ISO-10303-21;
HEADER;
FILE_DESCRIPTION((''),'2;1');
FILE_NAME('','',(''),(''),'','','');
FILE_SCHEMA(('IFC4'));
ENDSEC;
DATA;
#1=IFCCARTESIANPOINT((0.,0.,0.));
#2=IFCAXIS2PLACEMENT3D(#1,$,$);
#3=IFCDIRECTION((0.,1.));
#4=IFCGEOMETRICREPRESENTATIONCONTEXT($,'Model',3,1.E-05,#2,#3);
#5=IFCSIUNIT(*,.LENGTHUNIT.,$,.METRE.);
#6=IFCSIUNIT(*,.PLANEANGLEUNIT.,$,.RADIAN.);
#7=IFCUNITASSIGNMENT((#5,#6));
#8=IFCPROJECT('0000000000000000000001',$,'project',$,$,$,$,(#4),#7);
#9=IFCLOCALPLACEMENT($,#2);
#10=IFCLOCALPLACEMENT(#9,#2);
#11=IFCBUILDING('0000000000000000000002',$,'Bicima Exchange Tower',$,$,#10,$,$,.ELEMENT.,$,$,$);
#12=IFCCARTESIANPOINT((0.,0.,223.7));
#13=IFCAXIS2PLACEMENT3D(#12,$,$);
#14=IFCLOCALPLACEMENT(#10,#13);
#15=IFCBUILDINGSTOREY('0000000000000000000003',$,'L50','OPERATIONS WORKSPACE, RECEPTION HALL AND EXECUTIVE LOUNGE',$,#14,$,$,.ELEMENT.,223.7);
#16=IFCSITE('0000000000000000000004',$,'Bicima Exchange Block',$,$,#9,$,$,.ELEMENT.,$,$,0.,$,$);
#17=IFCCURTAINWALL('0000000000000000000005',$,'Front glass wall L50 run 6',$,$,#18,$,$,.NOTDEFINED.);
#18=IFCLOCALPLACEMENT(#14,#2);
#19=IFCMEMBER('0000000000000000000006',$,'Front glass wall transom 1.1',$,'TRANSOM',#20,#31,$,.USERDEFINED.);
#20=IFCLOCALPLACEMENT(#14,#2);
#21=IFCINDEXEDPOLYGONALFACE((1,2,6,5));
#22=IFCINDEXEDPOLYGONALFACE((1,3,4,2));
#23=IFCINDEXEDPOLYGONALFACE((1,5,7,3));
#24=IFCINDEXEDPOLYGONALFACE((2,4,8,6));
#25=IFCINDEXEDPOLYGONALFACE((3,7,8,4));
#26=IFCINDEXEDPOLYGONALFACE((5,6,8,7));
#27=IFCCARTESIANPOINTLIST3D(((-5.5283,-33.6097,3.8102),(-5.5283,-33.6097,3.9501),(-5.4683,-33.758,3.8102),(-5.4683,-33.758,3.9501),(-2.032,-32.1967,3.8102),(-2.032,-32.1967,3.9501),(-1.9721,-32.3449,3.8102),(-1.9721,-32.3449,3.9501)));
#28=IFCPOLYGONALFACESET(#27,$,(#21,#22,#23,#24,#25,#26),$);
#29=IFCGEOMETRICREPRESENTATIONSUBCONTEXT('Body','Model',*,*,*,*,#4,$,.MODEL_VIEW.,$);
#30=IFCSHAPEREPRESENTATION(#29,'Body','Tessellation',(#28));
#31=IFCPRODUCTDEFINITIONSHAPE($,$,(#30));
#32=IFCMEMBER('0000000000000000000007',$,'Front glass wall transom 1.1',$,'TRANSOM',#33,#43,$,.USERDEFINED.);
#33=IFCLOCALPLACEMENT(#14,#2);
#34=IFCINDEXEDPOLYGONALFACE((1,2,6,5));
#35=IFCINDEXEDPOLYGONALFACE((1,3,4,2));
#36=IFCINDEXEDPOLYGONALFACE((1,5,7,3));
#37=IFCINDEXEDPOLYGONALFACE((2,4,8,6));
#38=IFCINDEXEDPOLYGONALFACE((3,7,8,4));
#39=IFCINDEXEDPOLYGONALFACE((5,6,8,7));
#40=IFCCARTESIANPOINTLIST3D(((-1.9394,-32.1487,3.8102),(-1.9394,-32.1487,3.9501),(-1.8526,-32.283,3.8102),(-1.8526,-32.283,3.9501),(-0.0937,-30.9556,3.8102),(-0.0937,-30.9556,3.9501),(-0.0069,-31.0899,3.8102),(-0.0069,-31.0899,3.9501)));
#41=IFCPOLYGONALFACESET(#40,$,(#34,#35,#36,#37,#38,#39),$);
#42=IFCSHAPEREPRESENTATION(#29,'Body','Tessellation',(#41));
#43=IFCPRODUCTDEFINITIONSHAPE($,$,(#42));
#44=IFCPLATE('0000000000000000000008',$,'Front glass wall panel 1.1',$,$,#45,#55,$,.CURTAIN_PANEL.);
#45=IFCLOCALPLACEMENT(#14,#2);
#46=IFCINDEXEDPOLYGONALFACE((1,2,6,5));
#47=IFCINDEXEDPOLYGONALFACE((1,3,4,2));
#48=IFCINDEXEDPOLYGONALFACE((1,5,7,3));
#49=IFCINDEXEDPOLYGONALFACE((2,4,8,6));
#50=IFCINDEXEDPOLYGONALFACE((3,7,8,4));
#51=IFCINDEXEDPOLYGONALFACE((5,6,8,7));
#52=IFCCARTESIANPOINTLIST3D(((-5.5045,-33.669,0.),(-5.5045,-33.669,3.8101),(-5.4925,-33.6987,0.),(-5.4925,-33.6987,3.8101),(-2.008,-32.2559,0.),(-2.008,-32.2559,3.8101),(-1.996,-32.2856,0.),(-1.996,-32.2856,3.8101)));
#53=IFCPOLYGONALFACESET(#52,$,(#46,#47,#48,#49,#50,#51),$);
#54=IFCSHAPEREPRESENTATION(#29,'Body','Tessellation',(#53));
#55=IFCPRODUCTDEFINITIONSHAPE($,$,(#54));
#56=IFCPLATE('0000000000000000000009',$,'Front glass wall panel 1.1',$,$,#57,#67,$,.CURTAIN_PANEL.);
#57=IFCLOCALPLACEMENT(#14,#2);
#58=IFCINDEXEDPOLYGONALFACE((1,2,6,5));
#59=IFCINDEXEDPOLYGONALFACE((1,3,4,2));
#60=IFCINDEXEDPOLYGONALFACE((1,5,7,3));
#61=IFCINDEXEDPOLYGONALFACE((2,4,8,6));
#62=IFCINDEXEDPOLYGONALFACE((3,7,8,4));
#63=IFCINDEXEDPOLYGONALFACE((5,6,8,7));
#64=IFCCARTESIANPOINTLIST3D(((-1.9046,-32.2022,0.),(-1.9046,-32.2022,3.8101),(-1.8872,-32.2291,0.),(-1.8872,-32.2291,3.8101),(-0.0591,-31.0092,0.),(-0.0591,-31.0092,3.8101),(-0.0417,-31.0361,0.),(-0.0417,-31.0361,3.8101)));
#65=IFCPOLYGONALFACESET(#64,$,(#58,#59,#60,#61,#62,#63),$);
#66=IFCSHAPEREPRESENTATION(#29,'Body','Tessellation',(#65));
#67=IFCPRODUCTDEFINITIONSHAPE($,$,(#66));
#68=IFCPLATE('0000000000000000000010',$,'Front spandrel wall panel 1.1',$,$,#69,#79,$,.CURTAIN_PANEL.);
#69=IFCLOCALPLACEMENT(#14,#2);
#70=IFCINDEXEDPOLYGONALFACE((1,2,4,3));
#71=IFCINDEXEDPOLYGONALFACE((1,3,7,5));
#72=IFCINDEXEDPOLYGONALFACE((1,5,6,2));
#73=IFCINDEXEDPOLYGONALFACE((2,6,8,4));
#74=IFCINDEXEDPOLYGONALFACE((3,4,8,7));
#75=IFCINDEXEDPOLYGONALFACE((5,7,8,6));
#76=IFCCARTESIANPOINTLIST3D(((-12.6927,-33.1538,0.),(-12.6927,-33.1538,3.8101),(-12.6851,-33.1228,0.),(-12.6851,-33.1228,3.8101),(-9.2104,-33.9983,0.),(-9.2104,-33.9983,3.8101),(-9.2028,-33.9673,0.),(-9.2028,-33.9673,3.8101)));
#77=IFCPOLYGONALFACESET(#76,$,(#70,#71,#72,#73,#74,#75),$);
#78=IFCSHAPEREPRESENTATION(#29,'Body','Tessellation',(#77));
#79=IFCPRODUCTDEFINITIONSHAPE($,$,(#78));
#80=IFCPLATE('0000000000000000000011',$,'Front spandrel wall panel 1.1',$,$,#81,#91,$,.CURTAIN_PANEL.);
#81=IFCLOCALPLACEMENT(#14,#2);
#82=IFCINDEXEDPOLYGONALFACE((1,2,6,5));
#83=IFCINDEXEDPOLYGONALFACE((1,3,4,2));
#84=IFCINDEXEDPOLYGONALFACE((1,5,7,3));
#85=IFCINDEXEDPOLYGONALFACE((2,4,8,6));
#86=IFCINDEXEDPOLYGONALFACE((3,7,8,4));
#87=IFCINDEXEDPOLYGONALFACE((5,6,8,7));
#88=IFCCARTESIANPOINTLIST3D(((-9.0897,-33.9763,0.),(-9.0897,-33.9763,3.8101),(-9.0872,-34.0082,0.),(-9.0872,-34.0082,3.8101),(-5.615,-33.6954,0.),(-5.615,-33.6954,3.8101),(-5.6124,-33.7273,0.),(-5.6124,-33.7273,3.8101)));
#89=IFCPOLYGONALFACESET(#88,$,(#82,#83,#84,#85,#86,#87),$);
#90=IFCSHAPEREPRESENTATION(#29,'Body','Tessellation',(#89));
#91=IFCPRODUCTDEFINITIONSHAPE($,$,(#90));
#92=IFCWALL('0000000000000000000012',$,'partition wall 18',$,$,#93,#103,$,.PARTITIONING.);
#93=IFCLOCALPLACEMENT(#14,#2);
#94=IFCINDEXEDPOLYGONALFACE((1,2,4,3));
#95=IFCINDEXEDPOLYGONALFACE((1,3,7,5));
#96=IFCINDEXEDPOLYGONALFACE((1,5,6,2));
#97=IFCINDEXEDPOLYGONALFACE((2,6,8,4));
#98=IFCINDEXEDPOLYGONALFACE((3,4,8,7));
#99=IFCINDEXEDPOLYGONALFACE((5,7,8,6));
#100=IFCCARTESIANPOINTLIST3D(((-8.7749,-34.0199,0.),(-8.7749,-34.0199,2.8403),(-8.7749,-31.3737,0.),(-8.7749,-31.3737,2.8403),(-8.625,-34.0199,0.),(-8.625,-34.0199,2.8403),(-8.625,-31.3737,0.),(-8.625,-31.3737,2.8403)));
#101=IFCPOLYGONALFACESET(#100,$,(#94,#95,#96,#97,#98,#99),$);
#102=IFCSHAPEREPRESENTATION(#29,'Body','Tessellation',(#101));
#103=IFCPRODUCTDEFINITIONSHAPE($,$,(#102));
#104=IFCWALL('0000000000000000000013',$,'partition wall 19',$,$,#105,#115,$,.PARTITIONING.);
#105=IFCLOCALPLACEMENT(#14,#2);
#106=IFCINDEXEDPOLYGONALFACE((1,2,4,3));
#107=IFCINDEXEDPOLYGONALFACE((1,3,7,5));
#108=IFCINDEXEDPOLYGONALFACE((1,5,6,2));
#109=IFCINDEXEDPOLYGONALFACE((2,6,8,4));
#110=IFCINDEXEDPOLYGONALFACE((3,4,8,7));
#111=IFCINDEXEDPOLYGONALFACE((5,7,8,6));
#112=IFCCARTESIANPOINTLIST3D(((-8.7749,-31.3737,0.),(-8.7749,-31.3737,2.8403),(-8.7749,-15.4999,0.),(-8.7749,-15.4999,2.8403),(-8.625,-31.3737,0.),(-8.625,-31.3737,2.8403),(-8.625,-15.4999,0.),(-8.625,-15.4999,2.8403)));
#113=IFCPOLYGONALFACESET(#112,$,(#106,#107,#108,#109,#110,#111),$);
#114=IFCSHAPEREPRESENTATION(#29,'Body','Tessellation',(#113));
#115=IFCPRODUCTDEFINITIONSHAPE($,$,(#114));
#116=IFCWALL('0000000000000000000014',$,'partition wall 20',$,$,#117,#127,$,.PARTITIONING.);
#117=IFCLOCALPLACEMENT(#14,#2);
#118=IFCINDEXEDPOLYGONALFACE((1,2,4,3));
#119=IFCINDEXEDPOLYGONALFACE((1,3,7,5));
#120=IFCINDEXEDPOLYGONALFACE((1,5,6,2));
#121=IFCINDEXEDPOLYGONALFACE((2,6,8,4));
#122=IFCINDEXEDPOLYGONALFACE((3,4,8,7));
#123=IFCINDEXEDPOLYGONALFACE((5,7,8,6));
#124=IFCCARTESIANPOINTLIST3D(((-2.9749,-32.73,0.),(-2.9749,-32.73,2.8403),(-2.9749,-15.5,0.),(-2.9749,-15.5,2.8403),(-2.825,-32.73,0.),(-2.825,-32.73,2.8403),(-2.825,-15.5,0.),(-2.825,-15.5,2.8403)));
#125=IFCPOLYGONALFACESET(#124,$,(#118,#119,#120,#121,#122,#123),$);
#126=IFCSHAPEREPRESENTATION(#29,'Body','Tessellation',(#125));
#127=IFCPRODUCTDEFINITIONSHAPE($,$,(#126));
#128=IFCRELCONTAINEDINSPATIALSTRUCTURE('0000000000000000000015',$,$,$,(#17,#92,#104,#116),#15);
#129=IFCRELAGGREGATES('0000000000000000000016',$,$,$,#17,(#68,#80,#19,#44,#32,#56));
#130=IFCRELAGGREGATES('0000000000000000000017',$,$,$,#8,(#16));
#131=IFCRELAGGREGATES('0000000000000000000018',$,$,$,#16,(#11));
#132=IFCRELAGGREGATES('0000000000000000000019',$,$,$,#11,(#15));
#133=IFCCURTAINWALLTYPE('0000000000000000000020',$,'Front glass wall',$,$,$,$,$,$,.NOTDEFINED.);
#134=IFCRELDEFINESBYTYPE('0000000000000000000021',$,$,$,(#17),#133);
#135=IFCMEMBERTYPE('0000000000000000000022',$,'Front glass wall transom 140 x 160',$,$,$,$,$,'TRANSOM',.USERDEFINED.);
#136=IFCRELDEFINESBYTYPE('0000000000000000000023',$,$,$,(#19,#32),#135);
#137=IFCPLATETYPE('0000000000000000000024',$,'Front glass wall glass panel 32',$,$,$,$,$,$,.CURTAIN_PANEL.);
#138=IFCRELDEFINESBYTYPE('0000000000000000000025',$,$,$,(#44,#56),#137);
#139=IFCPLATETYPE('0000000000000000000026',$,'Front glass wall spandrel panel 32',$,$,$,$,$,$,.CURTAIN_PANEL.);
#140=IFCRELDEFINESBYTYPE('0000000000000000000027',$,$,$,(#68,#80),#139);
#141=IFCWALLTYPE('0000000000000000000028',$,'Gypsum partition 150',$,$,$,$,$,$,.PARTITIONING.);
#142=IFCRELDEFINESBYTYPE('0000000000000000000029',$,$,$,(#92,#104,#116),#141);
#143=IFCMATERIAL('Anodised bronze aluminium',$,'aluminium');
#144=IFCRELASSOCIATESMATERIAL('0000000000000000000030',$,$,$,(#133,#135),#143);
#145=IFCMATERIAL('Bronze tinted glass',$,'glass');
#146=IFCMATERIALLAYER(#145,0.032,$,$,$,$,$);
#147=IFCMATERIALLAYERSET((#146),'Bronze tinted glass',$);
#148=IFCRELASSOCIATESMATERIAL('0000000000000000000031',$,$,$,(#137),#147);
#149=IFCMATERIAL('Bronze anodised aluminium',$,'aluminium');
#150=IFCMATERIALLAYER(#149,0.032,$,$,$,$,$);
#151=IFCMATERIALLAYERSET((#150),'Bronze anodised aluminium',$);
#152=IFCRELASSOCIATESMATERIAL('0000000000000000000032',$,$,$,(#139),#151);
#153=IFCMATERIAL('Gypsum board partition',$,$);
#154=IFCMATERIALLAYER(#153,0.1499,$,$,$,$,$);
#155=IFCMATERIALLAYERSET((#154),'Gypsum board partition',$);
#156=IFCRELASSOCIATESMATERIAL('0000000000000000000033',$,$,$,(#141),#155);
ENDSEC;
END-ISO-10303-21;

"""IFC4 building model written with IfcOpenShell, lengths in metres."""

from ifc_helpers import new_model, si_unit, direction, frame, frame_2d, origin, origin_2d, place, context, subcontext, project, spatial, rectangle, extrude, material, layer, layer_set, material_profile, profile_set, type_object, element, aggregate, save


model = new_model("IFC4")

# Units and contexts
model_context = context("Model", 3, precision=1e-05, world=origin(), true_north=direction((0.0, 1.0)))
body_context = subcontext(model_context, "Body", "Model", "MODEL_VIEW")
ifc_project = project(units=[si_unit("LENGTHUNIT", "METRE"), si_unit("PLANEANGLEUNIT", "RADIAN")], contexts=[model_context])

# Site, building, storey
site_placement = place(None, origin())
site = spatial("IfcSite", under=ifc_project, at=site_placement, Name="Bicima Exchange Block", CompositionType="ELEMENT", RefElevation=0.0)
building_placement = place(site_placement, origin())
building = spatial("IfcBuilding", under=site, at=building_placement, Name="Bicima Exchange Tower", CompositionType="ELEMENT")
storey_placement = place(building_placement, frame((0.0, 0.0, 223.7)))
storey = spatial("IfcBuildingStorey", under=building, at=storey_placement, Name="L50", Description="OPERATIONS WORKSPACE, RECEPTION HALL AND EXECUTIVE LOUNGE", CompositionType="ELEMENT", Elevation=223.7)

# Curtain wall, members, plates
ifc_material_1 = material(Name="Anodised bronze aluminium", Category="aluminium")
curtain_wall_type = type_object("IfcCurtainWallType", Name="Front glass wall", PredefinedType="NOTDEFINED", material=ifc_material_1)
curtain_wall_placement = place(storey_placement, origin())
curtain_wall = element("IfcCurtainWall", 1, at=curtain_wall_placement, inside=storey, type_object=curtain_wall_type, Name="Front glass wall L50 run 6", PredefinedType="NOTDEFINED")
ifc_material_profile_1 = material_profile(ifc_material_1, rectangle(XDim=0.1599, YDim=0.1399, at=origin_2d()))
ifc_profile_set_1 = profile_set([ifc_material_profile_1], Name="Anodised bronze aluminium")
member_type_1 = type_object("IfcMemberType", Name="Front glass wall transom 140 x 160", ElementType="TRANSOM", PredefinedType="USERDEFINED", material=ifc_profile_set_1)
member_1_placement = place(storey_placement, frame((-5.4983, -33.6838, 3.8801), z_axis=(0.92714, 0.374715, 0.0), x_axis=(-0.374715, 0.92714, 0.0)))
member_1 = element("IfcMember", 2, at=member_1_placement, type_object=member_type_1, Name="Front glass wall transom 1.1", ObjectType="TRANSOM", PredefinedType="USERDEFINED", context=body_context, shape_type="SweptSolid", body=[
    extrude(rectangle(XDim=0.1599, YDim=0.1399, at=origin_2d()), origin(), (0.0, 0.0, 1.0), 3.771),
])
member_2_placement = place(storey_placement, frame((-1.896, -32.2158, 3.8801), z_axis=(0.839811, 0.542878, 0.0), x_axis=(-0.542878, 0.839811, 0.0)))
member_2 = element("IfcMember", 3, at=member_2_placement, type_object=member_type_1, Name="Front glass wall transom 1.1", ObjectType="TRANSOM", PredefinedType="USERDEFINED", context=body_context, shape_type="SweptSolid", body=[
    extrude(rectangle(XDim=0.1599, YDim=0.1399, at=origin_2d()), origin(), (0.0, 0.0, 1.0), 2.1978),
])
ifc_material_2 = material(Name="Bronze tinted glass", Category="glass")
ifc_layer_1 = layer(ifc_material_2, 0.032)
ifc_layer_set_1 = layer_set([ifc_layer_1], Name="Bronze tinted glass")
plate_type_1 = type_object("IfcPlateType", Name="Front glass wall glass panel 32", PredefinedType="CURTAIN_PANEL", material=ifc_layer_set_1)
plate_1_placement = place(storey_placement, frame((-3.7502, -32.9773, 0.0), z_axis=(0.0, 0.0, 1.0), x_axis=(0.927144, 0.374705, 0.0)))
plate_1 = element("IfcPlate", 4, at=plate_1_placement, type_object=plate_type_1, Name="Front glass wall panel 1.1", PredefinedType="CURTAIN_PANEL", context=body_context, shape_type="SweptSolid", body=[
    extrude(rectangle(XDim=3.7712, YDim=0.032, at=origin_2d()), origin(), (0.0, 0.0, 1.0), 3.8101),
])
plate_2_placement = place(storey_placement, frame((-0.9731, -31.6191, 0.0), z_axis=(0.0, 0.0, 1.0), x_axis=(0.839799, 0.542897, 0.0)))
plate_2 = element("IfcPlate", 5, at=plate_2_placement, type_object=plate_type_1, Name="Front glass wall panel 1.1", PredefinedType="CURTAIN_PANEL", context=body_context, shape_type="SweptSolid", body=[
    extrude(rectangle(XDim=2.1975, YDim=0.032, at=origin_2d()), origin(), (0.0, 0.0, 1.0), 3.8101),
])
ifc_material_3 = material(Name="Bronze anodised aluminium", Category="aluminium")
ifc_layer_2 = layer(ifc_material_3, 0.032)
ifc_layer_set_2 = layer_set([ifc_layer_2], Name="Bronze anodised aluminium")
plate_type_2 = type_object("IfcPlateType", Name="Front glass wall spandrel panel 32", PredefinedType="CURTAIN_PANEL", material=ifc_layer_set_2)
plate_3_placement = place(storey_placement, frame((-10.9478, -33.5605, 0.0), z_axis=(0.0, 0.0, 1.0), x_axis=(0.97183, -0.235682, 0.0)))
plate_3 = element("IfcPlate", 6, at=plate_3_placement, type_object=plate_type_2, Name="Front spandrel wall panel 1.1", PredefinedType="CURTAIN_PANEL", context=body_context, shape_type="SweptSolid", body=[
    extrude(rectangle(XDim=3.5833, YDim=0.032, at=origin_2d()), origin(), (0.0, 0.0, 1.0), 3.8101),
])
plate_4_placement = place(storey_placement, frame((-7.3511, -33.8518, 0.0), z_axis=(0.0, 0.0, 1.0), x_axis=(0.996747, 0.080589, 0.0)))
plate_4 = element("IfcPlate", 7, at=plate_4_placement, type_object=plate_type_2, Name="Front spandrel wall panel 1.1", PredefinedType="CURTAIN_PANEL", context=body_context, shape_type="SweptSolid", body=[
    extrude(rectangle(XDim=3.4861, YDim=0.032, at=origin_2d()), origin(), (0.0, 0.0, 1.0), 3.8101),
])
aggregate(curtain_wall, [plate_3, plate_4, member_1, plate_1, member_2, plate_2])

# Walls
ifc_material_4 = material(Name="Gypsum board partition")
ifc_layer_3 = layer(ifc_material_4, 0.1499)
ifc_layer_set_3 = layer_set([ifc_layer_3], Name="Gypsum board partition")
wall_type = type_object("IfcWallType", Name="Gypsum partition 150", PredefinedType="PARTITIONING", material=ifc_layer_set_3)
wall_1_placement = place(storey_placement, frame((-8.7, -34.02, 0.0), z_axis=(0.0, 0.0, 1.0), x_axis=(0.0, 1.0, 0.0)))
element("IfcWall", 8, at=wall_1_placement, inside=storey, type_object=wall_type, Name="partition wall 18", PredefinedType="PARTITIONING", context=body_context, shape_type="SweptSolid", body=[
    extrude(rectangle(XDim=2.6462, YDim=0.1499, at=frame_2d((1.3232, 0.0))), origin(), (0.0, 0.0, 1.0), 2.8403),
])
wall_2_placement = place(storey_placement, frame((-8.7, -31.3738, 0.0), z_axis=(0.0, 0.0, 1.0), x_axis=(0.0, 1.0, 0.0)))
element("IfcWall", 9, at=wall_2_placement, inside=storey, type_object=wall_type, Name="partition wall 19", PredefinedType="PARTITIONING", context=body_context, shape_type="SweptSolid", body=[
    extrude(rectangle(XDim=15.8738, YDim=0.1499, at=frame_2d((7.937, 0.0))), origin(), (0.0, 0.0, 1.0), 2.8403),
])
wall_3_placement = place(storey_placement, frame((-2.8999, -32.73, 0.0), z_axis=(0.0, 0.0, 1.0), x_axis=(0.0, 1.0, 0.0)))
element("IfcWall", 10, at=wall_3_placement, inside=storey, type_object=wall_type, Name="partition wall 20", PredefinedType="PARTITIONING", context=body_context, shape_type="SweptSolid", body=[
    extrude(rectangle(XDim=17.23, YDim=0.1499, at=frame_2d((8.615, 0.0))), origin(), (0.0, 0.0, 1.0), 2.8403),
])

save(model, "model.ifc")
